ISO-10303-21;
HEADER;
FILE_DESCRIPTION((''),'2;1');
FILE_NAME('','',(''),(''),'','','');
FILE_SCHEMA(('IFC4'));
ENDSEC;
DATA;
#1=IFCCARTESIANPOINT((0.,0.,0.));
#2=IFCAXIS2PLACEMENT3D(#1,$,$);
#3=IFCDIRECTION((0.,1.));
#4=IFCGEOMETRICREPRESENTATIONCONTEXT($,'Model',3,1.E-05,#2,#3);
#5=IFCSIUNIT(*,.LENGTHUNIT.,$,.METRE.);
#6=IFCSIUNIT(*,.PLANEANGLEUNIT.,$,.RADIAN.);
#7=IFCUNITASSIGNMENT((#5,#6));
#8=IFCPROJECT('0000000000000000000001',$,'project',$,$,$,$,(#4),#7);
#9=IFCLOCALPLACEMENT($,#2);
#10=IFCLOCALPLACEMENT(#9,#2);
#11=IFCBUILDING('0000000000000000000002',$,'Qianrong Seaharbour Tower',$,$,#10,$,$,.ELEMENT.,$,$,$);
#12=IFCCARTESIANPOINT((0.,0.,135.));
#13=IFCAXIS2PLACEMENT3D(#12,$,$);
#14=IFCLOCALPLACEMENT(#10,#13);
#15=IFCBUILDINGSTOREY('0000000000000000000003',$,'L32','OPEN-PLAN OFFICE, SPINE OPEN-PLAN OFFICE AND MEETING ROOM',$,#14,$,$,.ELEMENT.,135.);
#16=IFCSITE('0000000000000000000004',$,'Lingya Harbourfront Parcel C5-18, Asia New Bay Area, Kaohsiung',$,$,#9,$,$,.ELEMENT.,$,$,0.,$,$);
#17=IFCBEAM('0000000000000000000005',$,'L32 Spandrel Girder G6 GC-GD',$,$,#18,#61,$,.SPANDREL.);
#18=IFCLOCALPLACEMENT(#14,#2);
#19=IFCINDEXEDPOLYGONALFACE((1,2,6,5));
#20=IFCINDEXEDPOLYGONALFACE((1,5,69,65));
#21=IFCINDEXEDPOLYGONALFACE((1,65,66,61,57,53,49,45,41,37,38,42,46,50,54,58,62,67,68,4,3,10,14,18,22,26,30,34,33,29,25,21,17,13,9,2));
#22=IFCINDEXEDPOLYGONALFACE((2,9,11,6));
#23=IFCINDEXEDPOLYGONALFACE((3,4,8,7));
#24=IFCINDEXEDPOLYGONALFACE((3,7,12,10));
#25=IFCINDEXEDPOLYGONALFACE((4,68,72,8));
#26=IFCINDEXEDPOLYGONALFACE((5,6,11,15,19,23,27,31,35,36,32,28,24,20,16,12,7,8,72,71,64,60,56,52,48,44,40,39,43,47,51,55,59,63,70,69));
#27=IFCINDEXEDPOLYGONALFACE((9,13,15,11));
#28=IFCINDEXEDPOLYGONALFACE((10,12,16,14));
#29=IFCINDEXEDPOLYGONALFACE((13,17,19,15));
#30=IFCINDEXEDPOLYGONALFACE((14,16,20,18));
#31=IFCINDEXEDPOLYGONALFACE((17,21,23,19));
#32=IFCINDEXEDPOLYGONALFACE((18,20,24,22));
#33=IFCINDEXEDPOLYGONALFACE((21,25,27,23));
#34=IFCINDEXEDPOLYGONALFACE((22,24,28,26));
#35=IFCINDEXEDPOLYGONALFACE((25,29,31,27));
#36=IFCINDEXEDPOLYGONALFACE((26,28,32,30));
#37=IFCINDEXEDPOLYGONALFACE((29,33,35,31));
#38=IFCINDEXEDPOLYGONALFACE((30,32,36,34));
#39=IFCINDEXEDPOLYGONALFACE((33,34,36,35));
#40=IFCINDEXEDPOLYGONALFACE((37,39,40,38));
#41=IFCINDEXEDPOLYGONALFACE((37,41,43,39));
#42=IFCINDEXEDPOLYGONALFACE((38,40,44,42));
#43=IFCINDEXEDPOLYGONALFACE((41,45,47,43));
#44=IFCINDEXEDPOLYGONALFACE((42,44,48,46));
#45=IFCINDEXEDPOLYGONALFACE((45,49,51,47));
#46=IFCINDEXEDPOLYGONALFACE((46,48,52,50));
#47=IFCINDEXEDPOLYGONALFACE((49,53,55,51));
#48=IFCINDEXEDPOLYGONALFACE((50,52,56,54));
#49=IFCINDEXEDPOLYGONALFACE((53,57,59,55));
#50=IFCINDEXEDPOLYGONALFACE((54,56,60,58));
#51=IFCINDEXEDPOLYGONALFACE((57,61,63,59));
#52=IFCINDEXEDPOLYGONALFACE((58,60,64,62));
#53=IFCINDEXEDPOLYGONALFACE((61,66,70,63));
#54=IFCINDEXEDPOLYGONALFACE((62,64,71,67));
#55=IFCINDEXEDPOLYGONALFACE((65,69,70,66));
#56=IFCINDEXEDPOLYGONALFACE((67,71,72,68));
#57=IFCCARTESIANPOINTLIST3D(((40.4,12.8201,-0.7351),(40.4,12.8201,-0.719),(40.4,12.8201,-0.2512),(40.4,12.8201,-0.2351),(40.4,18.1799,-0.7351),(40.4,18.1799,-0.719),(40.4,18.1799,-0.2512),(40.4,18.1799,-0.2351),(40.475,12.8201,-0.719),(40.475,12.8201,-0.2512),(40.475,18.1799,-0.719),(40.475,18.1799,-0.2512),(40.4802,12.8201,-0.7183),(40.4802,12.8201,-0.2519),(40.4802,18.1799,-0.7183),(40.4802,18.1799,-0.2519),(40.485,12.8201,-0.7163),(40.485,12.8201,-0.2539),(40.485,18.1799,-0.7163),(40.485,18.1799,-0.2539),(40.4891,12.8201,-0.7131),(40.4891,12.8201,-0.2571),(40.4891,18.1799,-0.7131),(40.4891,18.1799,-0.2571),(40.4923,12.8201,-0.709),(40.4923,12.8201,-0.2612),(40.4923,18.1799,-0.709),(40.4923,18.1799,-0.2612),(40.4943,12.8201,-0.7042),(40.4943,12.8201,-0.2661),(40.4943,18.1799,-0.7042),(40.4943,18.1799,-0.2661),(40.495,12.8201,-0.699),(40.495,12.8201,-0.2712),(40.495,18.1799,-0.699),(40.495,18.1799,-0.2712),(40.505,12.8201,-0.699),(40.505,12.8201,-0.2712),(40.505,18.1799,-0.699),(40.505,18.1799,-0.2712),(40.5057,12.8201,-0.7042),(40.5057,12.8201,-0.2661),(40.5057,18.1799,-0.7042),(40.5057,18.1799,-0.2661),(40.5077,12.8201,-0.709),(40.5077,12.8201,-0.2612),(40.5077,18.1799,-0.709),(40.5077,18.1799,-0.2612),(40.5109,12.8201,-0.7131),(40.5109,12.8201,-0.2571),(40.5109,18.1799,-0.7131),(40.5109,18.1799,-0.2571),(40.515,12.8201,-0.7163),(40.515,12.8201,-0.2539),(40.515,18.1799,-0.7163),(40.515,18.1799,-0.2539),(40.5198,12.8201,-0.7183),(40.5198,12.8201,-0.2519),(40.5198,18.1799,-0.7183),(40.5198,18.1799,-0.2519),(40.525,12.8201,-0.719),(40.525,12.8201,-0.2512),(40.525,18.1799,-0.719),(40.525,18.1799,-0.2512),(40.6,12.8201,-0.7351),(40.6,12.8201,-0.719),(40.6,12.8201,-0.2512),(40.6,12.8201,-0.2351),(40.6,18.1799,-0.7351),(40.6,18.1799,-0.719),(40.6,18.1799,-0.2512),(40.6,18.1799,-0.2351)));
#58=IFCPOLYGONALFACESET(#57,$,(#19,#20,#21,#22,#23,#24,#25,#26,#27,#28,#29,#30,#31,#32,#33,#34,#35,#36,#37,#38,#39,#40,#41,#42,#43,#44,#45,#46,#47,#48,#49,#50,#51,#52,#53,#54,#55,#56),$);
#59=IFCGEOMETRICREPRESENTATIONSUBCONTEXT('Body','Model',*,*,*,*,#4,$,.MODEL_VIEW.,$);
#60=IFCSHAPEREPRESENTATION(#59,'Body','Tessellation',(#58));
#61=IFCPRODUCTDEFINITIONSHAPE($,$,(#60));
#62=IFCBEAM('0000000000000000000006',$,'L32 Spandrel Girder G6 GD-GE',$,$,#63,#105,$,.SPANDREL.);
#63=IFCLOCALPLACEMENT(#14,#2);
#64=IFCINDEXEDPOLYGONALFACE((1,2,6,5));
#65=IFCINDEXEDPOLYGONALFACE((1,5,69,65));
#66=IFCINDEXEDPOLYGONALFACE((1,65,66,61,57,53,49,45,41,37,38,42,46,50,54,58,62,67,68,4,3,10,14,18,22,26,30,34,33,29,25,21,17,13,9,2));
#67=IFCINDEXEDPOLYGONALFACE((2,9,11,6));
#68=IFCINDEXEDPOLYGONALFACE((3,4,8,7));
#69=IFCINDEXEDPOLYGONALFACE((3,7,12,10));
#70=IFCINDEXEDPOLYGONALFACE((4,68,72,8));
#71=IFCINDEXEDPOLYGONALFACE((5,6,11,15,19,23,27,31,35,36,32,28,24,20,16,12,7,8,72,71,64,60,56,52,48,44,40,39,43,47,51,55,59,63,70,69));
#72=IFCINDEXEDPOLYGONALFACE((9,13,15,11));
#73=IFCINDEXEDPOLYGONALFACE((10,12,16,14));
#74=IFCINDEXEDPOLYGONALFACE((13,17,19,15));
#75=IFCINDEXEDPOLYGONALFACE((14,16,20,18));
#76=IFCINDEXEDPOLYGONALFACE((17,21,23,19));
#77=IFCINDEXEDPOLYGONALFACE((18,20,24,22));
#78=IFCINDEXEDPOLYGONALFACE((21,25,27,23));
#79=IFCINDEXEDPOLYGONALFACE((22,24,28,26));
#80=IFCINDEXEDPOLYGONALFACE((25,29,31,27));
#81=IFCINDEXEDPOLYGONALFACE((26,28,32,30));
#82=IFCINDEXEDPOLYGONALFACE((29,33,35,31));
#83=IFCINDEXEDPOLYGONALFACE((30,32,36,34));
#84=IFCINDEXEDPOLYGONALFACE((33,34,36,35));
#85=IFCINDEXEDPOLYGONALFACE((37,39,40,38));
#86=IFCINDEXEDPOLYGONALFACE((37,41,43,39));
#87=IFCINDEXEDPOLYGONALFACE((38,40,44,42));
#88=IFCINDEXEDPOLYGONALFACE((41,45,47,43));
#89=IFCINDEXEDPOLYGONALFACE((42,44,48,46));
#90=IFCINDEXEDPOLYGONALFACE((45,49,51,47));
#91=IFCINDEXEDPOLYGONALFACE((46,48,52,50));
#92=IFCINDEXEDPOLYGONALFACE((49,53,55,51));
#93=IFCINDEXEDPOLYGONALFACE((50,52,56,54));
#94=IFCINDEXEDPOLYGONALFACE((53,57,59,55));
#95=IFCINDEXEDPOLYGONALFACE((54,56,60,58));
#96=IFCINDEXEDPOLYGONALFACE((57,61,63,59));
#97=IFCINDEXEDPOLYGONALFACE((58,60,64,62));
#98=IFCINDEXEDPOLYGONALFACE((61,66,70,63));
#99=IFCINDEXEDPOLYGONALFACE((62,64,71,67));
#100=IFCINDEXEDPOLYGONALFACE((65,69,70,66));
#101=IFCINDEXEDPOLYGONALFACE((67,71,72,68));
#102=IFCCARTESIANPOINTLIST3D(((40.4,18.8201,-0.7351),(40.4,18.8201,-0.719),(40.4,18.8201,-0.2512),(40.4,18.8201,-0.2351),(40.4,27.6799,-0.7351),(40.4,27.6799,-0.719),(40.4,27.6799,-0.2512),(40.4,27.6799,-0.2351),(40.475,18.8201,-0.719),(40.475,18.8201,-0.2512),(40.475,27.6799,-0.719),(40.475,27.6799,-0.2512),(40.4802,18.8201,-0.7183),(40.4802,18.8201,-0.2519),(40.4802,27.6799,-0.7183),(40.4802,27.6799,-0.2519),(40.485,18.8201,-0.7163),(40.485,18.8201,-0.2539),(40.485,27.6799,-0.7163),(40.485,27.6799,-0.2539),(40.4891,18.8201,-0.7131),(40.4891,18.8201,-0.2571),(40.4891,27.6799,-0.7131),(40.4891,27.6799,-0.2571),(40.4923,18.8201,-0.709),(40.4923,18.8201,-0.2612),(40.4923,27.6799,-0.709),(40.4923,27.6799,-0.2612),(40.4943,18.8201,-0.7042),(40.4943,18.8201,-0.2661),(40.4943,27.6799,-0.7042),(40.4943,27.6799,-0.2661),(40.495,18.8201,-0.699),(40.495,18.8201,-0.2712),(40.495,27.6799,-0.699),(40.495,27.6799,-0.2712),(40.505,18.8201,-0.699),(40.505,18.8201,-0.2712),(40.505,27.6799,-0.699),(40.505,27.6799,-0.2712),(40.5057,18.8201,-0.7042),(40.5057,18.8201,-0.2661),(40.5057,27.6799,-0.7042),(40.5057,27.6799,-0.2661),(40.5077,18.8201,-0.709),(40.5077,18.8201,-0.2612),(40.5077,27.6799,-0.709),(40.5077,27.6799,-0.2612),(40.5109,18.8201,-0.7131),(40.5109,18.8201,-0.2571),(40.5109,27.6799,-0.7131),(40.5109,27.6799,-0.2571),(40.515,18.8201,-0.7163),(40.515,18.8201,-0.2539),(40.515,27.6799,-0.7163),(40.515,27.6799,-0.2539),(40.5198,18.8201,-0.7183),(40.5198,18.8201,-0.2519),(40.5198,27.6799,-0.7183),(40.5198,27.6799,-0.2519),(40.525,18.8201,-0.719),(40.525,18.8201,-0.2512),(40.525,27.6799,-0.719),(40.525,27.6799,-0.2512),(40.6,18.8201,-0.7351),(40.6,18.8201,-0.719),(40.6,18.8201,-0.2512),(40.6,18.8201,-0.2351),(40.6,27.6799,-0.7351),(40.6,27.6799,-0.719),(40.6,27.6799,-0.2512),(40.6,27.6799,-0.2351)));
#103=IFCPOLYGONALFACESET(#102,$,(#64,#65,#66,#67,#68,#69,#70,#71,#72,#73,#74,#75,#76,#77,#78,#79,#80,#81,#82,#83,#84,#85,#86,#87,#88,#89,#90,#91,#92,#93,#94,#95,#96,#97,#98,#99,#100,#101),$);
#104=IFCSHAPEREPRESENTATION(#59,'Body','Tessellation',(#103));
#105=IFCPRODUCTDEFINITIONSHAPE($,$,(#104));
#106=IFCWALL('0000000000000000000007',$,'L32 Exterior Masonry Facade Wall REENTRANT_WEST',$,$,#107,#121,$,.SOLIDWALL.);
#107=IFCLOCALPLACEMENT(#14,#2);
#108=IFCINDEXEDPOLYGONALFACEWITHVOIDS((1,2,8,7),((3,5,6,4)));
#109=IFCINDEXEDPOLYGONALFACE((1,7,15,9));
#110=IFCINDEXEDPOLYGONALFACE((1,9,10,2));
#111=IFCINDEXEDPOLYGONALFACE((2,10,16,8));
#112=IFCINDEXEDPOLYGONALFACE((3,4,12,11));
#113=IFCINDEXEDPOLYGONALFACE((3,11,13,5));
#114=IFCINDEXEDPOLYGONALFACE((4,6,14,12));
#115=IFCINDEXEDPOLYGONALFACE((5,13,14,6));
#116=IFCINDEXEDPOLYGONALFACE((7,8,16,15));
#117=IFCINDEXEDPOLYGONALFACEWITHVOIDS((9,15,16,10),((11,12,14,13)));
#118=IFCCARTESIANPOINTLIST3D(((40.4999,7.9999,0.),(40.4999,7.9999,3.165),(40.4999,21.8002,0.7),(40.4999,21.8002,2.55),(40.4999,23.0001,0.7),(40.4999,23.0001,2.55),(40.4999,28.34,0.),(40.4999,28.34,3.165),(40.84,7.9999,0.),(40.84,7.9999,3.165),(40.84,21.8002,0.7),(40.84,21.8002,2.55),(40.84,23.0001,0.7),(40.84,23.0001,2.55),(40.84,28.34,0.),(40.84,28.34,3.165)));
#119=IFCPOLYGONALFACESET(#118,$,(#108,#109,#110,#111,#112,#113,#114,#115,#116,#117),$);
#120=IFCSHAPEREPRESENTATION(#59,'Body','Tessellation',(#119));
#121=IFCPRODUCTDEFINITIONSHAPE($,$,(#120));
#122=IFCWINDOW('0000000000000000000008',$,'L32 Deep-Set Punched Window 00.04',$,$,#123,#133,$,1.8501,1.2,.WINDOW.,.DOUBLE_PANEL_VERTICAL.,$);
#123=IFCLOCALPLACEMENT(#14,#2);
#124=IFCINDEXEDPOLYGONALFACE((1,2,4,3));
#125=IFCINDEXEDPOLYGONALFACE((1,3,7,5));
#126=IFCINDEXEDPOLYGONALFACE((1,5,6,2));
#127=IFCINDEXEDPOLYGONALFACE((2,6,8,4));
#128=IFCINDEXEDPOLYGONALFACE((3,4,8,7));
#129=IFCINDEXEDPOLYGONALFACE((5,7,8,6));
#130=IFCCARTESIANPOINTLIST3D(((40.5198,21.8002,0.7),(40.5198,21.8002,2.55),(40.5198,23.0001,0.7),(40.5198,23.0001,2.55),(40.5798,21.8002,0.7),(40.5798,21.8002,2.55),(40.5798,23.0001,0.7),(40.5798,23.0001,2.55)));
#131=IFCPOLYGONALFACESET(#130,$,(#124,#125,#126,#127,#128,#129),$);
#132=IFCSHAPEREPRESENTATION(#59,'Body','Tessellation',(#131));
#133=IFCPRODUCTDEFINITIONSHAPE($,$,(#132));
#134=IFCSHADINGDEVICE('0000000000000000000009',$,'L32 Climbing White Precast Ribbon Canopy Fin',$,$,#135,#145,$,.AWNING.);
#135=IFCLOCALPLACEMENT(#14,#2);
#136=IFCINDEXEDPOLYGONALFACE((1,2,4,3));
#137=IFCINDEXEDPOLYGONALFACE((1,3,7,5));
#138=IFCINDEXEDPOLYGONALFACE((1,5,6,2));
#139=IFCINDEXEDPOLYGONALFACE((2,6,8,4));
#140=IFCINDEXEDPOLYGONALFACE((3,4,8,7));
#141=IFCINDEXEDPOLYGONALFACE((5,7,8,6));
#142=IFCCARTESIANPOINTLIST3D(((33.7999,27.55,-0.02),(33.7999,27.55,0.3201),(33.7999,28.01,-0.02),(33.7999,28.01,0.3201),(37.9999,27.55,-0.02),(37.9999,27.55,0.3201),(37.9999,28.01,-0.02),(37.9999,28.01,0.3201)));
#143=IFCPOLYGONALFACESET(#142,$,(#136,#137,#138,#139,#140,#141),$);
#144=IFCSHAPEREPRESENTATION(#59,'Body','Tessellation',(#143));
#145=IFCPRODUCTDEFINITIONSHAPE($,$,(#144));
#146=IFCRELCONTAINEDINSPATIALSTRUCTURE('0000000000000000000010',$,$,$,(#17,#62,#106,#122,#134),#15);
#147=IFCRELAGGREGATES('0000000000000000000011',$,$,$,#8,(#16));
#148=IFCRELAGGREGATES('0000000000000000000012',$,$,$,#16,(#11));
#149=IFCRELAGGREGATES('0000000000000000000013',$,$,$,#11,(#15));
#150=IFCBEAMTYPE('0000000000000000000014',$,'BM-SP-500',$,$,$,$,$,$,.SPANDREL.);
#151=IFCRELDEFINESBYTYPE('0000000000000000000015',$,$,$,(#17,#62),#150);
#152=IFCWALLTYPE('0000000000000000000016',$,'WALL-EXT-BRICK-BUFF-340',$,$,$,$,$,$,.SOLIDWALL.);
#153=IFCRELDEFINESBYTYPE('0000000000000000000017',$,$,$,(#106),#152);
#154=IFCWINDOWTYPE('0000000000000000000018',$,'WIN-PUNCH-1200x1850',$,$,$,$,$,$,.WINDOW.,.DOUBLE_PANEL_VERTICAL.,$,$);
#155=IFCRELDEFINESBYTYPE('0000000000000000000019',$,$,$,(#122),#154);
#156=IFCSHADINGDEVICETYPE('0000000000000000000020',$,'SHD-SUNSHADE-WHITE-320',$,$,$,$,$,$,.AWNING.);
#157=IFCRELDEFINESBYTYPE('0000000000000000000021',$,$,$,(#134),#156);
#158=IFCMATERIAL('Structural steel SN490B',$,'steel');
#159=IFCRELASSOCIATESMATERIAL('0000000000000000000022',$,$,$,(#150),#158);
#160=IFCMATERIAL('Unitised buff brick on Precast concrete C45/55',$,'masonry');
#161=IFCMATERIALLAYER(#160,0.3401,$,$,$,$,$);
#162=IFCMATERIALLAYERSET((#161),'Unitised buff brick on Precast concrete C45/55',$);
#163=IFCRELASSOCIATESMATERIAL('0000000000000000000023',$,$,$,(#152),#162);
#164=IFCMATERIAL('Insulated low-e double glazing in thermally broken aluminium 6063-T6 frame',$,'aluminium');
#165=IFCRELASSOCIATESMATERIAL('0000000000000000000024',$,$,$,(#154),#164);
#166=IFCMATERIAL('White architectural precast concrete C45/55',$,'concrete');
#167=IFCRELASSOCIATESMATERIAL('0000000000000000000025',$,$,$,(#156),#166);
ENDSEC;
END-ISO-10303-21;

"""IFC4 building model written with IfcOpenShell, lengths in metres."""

from ifc_helpers import new_model, si_unit, direction, frame, frame_2d, origin, origin_2d, place, context, subcontext, project, spatial, rectangle, i_section, extrude, material, layer, layer_set, material_profile, profile_set, type_object, element, fill, save


model = new_model("IFC4")

# Units and contexts
model_context = context("Model", 3, precision=1e-05, world=origin(), true_north=direction((0.0, 1.0)))
body_context = subcontext(model_context, "Body", "Model", "MODEL_VIEW")
ifc_project = project(units=[si_unit("LENGTHUNIT", "METRE"), si_unit("PLANEANGLEUNIT", "RADIAN")], contexts=[model_context])

# Site, building, storey
site_placement = place(None, origin())
site = spatial("IfcSite", under=ifc_project, at=site_placement, Name="Lingya Harbourfront Parcel C5-18, Asia New Bay Area, Kaohsiung", CompositionType="ELEMENT", RefElevation=0.0)
building_placement = place(site_placement, origin())
building = spatial("IfcBuilding", under=site, at=building_placement, Name="Qianrong Seaharbour Tower", CompositionType="ELEMENT")
storey_placement = place(building_placement, frame((0.0, 0.0, 135.0)))
storey = spatial("IfcBuildingStorey", under=building, at=storey_placement, Name="L32", Description="OPEN-PLAN OFFICE, SPINE OPEN-PLAN OFFICE AND MEETING ROOM", CompositionType="ELEMENT", Elevation=135.0)

# Shared definitions
ifc_material_1 = material(Name="Structural steel SN490B", Category="steel")

# Beams
ifc_material_profile_1 = material_profile(ifc_material_1, i_section(OverallWidth=0.2, OverallDepth=0.5, WebThickness=0.01, FlangeThickness=0.0161, FilletRadius=0.02, at=origin_2d()), Name="H500x200x10x16")
ifc_profile_set_1 = profile_set([ifc_material_profile_1], Name="Structural steel SN490B")
beam_type_1 = type_object("IfcBeamType", Name="BM-SP-500", PredefinedType="SPANDREL", material=ifc_profile_set_1)
beam_1_placement = place(storey_placement, frame((40.5, 12.8201, -0.4851), z_axis=(0.0, 1.0, 0.0), x_axis=(-1.0, 0.0, 0.0)))
element("IfcBeam", 1, at=beam_1_placement, inside=storey, type_object=beam_type_1, Name="L32 Spandrel Girder G6 GC-GD", PredefinedType="SPANDREL", context=body_context, shape_type="SweptSolid", body=[
    extrude(i_section(OverallWidth=0.2, OverallDepth=0.5, WebThickness=0.01, FlangeThickness=0.0161, FilletRadius=0.02, at=origin_2d()), origin(), (0.0, 0.0, 1.0), 5.3599),
])
beam_2_placement = place(storey_placement, frame((40.5, 18.8201, -0.4851), z_axis=(0.0, 1.0, 0.0), x_axis=(-1.0, 0.0, 0.0)))
element("IfcBeam", 2, at=beam_2_placement, inside=storey, type_object=beam_type_1, Name="L32 Spandrel Girder G6 GD-GE", PredefinedType="SPANDREL", context=body_context, shape_type="SweptSolid", body=[
    extrude(i_section(OverallWidth=0.2, OverallDepth=0.5, WebThickness=0.01, FlangeThickness=0.0161, FilletRadius=0.02, at=origin_2d()), origin(), (0.0, 0.0, 1.0), 8.8599),
])

# Wall, opening, window
ifc_material_2 = material(Name="Unitised buff brick on Precast concrete C45/55", Category="masonry")
ifc_layer = layer(ifc_material_2, 0.3401)
ifc_layer_set = layer_set([ifc_layer], Name="Unitised buff brick on Precast concrete C45/55")
wall_type = type_object("IfcWallType", Name="WALL-EXT-BRICK-BUFF-340", PredefinedType="SOLIDWALL", material=ifc_layer_set)
wall_placement = place(storey_placement, frame((40.6699, 8.0, 0.0), z_axis=(0.0, 0.0, 1.0), x_axis=(0.0, 1.0, 0.0)))
wall = element("IfcWall", 3, at=wall_placement, inside=storey, type_object=wall_type, Name="L32 Exterior Masonry Facade Wall REENTRANT_WEST", PredefinedType="SOLIDWALL", context=body_context, shape_type="SweptSolid", body=[
    extrude(rectangle(XDim=20.3401, YDim=0.3401, at=frame_2d((10.1699, 0.0))), origin(), (0.0, 0.0, 1.0), 3.165),
])
opening_placement = place(wall_placement, frame((13.8, 0.0, 0.7)))
opening = element("IfcOpeningElement", 4, at=opening_placement, cuts=wall, PredefinedType="OPENING", context=body_context, shape_type="SweptSolid", body=[
    extrude(rectangle(XDim=1.2, YDim=1.8501, at=frame_2d((0.6001, 0.925))), frame((0.0, 0.1802, 0.0), z_axis=(0.0, -1.0, 0.0), x_axis=(1.0, 0.0, 0.0)), (0.0, 0.0, 1.0), 0.3601),
])
ifc_material_3 = material(Name="Insulated low-e double glazing in thermally broken aluminium 6063-T6 frame", Category="aluminium")
window_type = type_object("IfcWindowType", Name="WIN-PUNCH-1200x1850", PartitioningType="DOUBLE_PANEL_VERTICAL", PredefinedType="WINDOW", material=ifc_material_3)
window_placement = place(opening_placement, origin())
window = element("IfcWindow", 5, at=window_placement, inside=storey, type_object=window_type, Name="L32 Deep-Set Punched Window 00.04", OverallHeight=1.8501, OverallWidth=1.2, PartitioningType="DOUBLE_PANEL_VERTICAL", PredefinedType="WINDOW", context=body_context, shape_type="SweptSolid", body=[
    extrude(rectangle(XDim=1.2, YDim=1.8501, at=frame_2d((0.6001, 0.925))), frame((0.0, 0.1501, 0.0), z_axis=(0.0, -1.0, 0.0), x_axis=(1.0, 0.0, 0.0)), (0.0, 0.0, 1.0), 0.0601),
])
fill(opening, window)

# Shading device
ifc_material_4 = material(Name="White architectural precast concrete C45/55", Category="concrete")
shading_device_type = type_object("IfcShadingDeviceType", Name="SHD-SUNSHADE-WHITE-320", PredefinedType="AWNING", material=ifc_material_4)
shading_device_placement = place(storey_placement, frame((35.8999, 27.78, -0.02), z_axis=(0.0, 0.0, 1.0), x_axis=(1.0, 0.0, 0.0)))
element("IfcShadingDevice", 6, at=shading_device_placement, inside=storey, type_object=shading_device_type, Name="L32 Climbing White Precast Ribbon Canopy Fin", PredefinedType="AWNING", context=body_context, shape_type="SweptSolid", body=[
    extrude(rectangle(XDim=4.2, YDim=0.46, at=origin_2d()), origin(), (0.0, 0.0, 1.0), 0.3401),
])

save(model, "model.ifc")
